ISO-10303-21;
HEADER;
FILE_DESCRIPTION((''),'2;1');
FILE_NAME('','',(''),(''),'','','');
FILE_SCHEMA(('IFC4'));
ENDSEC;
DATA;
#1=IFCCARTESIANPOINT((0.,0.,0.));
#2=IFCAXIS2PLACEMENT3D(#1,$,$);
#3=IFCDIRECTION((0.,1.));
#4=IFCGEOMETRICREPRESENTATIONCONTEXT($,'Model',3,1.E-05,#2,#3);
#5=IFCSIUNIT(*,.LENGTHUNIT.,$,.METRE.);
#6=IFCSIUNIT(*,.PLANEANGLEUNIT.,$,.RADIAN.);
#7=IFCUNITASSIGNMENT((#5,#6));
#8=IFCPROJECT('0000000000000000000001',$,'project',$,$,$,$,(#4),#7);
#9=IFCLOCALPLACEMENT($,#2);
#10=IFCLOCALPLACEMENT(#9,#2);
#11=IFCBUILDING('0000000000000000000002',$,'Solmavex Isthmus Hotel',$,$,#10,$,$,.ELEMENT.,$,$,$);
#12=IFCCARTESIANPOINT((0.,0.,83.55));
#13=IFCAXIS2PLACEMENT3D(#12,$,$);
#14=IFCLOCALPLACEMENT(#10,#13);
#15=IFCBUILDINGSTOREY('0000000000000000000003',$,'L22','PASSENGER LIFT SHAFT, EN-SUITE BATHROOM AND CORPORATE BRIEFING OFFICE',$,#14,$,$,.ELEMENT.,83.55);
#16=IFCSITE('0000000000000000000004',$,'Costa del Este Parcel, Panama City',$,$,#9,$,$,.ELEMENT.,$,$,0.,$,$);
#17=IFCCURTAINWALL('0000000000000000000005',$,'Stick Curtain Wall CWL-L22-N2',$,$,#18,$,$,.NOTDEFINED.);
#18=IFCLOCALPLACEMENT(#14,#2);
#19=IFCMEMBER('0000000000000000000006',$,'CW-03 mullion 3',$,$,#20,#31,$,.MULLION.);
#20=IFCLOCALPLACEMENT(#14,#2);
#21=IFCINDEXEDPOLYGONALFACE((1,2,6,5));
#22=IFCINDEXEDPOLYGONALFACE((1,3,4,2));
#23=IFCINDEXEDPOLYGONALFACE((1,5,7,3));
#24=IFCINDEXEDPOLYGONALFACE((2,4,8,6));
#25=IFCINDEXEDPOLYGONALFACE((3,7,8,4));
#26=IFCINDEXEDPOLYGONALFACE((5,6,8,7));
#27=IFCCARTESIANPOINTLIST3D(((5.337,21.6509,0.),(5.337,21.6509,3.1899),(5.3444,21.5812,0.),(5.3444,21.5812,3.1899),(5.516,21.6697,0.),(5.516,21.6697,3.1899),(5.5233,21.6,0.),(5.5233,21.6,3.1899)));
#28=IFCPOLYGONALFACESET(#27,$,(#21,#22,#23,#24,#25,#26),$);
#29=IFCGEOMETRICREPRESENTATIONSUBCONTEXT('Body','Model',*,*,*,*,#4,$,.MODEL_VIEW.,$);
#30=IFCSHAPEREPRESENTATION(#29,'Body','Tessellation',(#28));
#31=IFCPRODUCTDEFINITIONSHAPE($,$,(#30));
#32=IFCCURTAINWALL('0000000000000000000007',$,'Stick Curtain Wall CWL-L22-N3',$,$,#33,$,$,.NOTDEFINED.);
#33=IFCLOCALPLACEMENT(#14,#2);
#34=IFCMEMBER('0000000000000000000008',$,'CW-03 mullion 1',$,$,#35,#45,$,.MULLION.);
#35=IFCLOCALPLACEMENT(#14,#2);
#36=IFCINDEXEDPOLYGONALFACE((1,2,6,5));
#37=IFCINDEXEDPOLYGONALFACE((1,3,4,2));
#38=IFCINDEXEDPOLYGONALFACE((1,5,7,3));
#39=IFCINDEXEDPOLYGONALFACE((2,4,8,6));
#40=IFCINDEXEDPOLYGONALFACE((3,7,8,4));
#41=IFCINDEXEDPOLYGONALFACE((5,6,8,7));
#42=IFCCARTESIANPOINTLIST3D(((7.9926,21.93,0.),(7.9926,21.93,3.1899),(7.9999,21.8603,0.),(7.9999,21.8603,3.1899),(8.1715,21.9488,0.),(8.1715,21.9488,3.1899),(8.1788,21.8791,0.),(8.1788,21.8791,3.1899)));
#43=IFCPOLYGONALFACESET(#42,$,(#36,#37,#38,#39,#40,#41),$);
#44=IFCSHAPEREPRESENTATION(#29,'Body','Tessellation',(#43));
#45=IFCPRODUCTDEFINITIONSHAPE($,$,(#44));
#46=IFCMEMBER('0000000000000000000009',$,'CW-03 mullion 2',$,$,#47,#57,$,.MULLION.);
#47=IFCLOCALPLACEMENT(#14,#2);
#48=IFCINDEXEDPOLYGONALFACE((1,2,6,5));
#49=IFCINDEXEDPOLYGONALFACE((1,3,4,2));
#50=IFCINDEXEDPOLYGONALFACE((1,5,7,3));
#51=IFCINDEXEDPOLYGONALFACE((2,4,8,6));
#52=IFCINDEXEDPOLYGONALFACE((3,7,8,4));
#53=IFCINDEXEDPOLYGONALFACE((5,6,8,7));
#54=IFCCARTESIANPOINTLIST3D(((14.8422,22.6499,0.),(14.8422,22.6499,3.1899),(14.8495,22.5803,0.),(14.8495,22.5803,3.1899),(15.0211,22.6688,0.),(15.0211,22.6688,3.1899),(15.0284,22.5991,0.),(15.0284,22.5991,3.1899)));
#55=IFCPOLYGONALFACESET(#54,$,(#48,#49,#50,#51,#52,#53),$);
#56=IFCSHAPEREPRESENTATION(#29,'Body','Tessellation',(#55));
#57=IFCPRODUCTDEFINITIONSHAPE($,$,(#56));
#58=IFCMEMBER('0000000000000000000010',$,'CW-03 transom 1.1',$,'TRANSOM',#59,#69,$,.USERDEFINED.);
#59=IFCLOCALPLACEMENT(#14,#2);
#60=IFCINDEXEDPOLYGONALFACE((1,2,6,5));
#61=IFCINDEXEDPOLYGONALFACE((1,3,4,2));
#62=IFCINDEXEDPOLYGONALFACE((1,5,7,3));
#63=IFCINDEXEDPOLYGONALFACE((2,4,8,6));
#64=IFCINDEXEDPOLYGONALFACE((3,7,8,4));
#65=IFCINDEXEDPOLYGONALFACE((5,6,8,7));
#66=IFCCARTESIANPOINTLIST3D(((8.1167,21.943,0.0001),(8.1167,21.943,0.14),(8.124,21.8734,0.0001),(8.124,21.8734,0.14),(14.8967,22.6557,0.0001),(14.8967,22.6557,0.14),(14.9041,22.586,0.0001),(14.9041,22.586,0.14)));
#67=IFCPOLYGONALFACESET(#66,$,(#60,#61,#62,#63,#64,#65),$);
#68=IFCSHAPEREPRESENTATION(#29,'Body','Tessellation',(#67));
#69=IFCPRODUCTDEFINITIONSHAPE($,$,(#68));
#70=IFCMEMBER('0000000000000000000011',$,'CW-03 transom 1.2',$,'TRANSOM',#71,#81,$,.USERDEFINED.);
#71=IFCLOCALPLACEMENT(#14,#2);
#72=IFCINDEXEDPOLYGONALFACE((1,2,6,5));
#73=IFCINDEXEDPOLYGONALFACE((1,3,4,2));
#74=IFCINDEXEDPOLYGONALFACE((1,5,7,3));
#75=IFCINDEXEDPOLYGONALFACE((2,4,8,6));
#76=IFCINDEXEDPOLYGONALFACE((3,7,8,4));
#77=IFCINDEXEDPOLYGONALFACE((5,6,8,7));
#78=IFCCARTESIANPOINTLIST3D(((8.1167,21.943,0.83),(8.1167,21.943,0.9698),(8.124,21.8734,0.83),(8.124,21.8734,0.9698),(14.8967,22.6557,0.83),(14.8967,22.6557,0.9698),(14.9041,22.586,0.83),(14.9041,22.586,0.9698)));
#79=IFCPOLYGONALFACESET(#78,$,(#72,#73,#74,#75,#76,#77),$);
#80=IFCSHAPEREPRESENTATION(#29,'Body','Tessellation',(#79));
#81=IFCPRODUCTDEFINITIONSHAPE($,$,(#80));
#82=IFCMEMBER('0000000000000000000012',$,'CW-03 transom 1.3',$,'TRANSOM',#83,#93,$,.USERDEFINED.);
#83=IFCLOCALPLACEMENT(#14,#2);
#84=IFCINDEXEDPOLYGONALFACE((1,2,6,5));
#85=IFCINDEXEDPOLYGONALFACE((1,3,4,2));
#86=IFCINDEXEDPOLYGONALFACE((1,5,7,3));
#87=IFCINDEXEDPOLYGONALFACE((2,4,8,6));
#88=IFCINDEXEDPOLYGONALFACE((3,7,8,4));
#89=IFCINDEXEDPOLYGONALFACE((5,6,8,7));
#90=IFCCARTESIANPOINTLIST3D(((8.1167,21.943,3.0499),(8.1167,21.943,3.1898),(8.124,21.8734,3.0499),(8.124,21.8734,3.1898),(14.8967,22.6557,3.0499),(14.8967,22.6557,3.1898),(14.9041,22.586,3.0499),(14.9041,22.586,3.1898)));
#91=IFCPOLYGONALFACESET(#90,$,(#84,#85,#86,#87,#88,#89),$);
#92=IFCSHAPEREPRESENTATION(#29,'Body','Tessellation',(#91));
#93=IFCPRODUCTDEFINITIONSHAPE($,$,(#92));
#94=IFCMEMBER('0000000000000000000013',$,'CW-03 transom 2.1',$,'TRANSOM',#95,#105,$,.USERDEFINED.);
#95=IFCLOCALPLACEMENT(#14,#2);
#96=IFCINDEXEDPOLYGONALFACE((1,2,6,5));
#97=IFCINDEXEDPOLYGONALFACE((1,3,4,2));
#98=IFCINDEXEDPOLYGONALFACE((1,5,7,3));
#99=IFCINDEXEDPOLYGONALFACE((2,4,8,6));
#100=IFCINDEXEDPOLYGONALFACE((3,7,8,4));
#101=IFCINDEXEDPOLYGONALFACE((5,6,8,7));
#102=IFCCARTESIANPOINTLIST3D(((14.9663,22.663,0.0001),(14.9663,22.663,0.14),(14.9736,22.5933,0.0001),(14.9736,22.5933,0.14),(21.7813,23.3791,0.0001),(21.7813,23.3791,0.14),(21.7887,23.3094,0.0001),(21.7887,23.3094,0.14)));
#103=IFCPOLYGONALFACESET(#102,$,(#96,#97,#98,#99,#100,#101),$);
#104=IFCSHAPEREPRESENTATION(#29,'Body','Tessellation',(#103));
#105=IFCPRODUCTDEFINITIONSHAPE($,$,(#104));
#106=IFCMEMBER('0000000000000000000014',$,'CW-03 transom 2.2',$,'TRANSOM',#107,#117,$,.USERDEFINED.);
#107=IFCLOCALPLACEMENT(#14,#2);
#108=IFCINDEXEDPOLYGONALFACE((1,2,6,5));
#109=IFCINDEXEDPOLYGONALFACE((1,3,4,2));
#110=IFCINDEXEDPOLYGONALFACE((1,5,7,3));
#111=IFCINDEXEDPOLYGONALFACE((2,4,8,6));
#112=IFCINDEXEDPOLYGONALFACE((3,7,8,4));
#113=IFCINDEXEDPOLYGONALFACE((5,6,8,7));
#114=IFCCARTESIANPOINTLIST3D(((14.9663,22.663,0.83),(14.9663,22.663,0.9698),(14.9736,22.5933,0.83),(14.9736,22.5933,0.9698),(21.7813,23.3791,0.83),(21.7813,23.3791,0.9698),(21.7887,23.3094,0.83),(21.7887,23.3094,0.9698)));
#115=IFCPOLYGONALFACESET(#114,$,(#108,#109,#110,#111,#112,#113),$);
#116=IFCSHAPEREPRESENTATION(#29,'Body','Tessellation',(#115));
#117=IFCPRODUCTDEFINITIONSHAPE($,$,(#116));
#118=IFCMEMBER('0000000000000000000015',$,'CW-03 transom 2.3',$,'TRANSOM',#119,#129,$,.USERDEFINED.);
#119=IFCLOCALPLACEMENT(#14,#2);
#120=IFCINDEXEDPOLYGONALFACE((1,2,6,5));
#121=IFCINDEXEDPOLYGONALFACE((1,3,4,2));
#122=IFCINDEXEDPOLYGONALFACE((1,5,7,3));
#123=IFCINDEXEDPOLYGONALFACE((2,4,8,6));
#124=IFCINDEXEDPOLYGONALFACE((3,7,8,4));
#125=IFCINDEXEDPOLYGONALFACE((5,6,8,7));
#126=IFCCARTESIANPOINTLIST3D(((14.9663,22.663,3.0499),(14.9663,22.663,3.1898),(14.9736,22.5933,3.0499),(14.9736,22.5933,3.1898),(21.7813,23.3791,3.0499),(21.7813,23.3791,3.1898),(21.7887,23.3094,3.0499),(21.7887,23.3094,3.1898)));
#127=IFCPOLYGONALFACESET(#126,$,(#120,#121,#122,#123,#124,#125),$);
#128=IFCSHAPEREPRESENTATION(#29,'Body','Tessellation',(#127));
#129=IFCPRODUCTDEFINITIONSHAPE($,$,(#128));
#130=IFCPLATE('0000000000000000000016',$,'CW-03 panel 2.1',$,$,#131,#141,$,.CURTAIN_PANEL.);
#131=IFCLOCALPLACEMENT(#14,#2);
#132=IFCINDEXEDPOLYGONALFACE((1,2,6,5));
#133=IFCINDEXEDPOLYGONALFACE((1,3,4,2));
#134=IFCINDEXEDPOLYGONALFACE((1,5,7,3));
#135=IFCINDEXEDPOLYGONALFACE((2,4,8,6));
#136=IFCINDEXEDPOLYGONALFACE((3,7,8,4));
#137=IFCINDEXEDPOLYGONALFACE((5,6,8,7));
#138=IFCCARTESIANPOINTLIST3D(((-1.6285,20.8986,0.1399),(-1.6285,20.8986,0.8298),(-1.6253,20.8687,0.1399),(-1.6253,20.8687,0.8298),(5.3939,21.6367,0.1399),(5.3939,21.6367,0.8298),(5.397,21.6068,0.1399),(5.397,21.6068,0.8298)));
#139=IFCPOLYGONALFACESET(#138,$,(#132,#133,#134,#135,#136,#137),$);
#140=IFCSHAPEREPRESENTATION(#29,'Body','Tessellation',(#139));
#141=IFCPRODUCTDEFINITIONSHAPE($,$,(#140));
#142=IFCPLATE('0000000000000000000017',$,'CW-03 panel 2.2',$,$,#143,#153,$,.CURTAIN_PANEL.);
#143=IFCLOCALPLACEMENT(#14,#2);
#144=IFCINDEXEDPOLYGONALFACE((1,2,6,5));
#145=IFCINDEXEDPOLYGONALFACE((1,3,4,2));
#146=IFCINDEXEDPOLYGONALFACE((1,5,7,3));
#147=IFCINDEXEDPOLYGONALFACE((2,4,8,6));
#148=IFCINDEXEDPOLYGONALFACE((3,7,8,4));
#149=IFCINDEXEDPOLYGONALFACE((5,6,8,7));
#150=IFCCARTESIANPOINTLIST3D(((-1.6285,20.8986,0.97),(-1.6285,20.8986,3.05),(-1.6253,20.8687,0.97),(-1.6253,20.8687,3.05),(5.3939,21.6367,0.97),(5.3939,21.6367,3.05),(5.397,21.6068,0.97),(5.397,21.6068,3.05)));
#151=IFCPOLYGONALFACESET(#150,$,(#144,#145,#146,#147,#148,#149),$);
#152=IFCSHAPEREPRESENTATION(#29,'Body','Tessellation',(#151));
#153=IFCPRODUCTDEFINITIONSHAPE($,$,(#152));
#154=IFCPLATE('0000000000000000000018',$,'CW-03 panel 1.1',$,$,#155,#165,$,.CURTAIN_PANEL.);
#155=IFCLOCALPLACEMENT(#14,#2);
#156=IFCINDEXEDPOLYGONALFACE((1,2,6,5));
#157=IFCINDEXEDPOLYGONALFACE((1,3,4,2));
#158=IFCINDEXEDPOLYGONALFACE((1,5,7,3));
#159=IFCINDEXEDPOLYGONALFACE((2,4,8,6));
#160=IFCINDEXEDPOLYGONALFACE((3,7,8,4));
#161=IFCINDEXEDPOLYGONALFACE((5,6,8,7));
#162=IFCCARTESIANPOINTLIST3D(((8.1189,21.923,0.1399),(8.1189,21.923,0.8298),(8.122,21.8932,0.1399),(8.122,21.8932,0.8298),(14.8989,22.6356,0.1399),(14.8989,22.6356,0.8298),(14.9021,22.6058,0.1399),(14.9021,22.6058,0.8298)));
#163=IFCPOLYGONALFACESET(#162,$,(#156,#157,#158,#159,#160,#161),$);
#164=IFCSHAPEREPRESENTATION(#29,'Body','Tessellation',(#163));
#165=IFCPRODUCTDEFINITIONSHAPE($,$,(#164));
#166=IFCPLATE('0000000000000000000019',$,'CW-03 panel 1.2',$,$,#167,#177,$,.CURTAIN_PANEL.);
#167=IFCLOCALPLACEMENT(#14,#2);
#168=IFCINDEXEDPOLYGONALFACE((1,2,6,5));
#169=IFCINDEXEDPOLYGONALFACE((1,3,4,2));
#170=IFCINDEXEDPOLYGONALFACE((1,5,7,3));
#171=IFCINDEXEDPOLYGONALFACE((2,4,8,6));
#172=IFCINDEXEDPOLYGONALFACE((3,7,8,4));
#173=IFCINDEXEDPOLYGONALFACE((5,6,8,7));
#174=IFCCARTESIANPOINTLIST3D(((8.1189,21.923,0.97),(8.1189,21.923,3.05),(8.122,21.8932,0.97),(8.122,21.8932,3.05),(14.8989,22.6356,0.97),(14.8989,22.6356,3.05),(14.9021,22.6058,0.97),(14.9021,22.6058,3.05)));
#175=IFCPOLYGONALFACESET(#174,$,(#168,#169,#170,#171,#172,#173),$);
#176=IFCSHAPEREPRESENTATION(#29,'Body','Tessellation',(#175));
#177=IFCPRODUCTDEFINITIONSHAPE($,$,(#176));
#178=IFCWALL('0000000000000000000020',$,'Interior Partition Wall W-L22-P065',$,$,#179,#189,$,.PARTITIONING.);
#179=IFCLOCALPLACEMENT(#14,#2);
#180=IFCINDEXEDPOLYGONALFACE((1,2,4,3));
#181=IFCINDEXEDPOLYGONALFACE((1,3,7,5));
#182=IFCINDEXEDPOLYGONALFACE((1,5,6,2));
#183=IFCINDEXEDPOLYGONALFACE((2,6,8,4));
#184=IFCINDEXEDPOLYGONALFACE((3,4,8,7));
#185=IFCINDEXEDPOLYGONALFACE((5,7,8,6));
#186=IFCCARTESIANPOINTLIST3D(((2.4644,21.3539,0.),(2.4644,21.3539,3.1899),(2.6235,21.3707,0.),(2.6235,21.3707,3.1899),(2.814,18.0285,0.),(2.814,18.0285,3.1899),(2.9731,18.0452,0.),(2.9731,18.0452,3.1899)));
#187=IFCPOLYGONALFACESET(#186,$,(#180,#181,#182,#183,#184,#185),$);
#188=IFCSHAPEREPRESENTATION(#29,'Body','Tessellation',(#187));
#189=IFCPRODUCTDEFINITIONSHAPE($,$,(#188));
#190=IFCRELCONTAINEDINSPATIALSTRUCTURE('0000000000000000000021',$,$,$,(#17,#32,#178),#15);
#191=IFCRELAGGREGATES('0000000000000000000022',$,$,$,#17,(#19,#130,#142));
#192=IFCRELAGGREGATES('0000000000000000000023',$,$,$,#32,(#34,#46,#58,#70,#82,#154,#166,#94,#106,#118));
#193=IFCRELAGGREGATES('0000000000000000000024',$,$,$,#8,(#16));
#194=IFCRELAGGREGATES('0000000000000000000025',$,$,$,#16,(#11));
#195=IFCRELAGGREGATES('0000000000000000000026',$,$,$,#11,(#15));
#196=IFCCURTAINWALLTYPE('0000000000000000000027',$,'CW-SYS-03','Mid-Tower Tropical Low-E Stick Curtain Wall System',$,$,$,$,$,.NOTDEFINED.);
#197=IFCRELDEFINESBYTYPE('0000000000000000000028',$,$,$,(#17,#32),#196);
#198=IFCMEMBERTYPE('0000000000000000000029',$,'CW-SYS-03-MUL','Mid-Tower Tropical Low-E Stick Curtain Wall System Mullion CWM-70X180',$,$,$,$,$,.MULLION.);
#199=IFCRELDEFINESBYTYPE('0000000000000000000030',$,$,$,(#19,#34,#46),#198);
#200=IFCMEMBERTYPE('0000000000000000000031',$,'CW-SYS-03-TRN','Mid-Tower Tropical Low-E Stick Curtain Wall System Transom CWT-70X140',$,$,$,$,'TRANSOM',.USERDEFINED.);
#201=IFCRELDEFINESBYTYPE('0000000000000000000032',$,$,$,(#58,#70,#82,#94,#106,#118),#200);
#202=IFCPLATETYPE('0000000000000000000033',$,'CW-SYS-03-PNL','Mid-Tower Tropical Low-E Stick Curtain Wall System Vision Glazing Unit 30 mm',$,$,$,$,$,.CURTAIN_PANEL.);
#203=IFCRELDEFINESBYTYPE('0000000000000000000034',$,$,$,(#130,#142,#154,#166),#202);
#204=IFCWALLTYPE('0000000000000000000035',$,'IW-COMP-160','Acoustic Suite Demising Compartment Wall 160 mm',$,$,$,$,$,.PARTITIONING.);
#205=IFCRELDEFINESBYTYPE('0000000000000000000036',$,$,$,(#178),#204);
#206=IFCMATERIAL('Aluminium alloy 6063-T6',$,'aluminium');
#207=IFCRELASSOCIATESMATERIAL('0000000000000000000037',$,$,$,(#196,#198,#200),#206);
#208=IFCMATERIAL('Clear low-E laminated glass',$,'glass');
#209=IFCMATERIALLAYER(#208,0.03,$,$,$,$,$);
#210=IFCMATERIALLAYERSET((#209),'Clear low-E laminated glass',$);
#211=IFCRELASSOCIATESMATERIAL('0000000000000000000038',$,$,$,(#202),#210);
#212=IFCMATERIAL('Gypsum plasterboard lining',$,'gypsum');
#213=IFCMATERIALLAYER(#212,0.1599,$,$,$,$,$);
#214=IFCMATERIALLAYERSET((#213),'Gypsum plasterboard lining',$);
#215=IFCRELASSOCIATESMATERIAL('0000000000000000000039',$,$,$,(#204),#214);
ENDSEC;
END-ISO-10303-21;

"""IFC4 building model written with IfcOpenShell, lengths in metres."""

from ifc_helpers import new_model, si_unit, direction, frame, frame_2d, origin, origin_2d, place, context, subcontext, project, spatial, rectangle, extrude, material, layer, layer_set, material_profile, profile_set, type_object, element, aggregate, save


model = new_model("IFC4")

# Units and contexts
model_context = context("Model", 3, precision=1e-05, world=origin(), true_north=direction((0.0, 1.0)))
body_context = subcontext(model_context, "Body", "Model", "MODEL_VIEW")
ifc_project = project(units=[si_unit("LENGTHUNIT", "METRE"), si_unit("PLANEANGLEUNIT", "RADIAN")], contexts=[model_context])

# Site, building, storey
site_placement = place(None, origin())
site = spatial("IfcSite", under=ifc_project, at=site_placement, Name="Costa del Este Parcel, Panama City", CompositionType="ELEMENT", RefElevation=0.0)
building_placement = place(site_placement, origin())
building = spatial("IfcBuilding", under=site, at=building_placement, Name="Solmavex Isthmus Hotel", CompositionType="ELEMENT")
storey_placement = place(building_placement, frame((0.0, 0.0, 83.55)))
storey = spatial("IfcBuildingStorey", under=building, at=storey_placement, Name="L22", Description="PASSENGER LIFT SHAFT, EN-SUITE BATHROOM AND CORPORATE BRIEFING OFFICE", CompositionType="ELEMENT", Elevation=83.55)

# Curtain wall, member
ifc_material_1 = material(Name="Aluminium alloy 6063-T6", Category="aluminium")
curtain_wall_type = type_object("IfcCurtainWallType", Name="CW-SYS-03", Description="Mid-Tower Tropical Low-E Stick Curtain Wall System", PredefinedType="NOTDEFINED", material=ifc_material_1)
curtain_wall_1_placement = place(storey_placement, origin())
curtain_wall_1 = element("IfcCurtainWall", 1, at=curtain_wall_1_placement, inside=storey, type_object=curtain_wall_type, Name="Stick Curtain Wall CWL-L22-N2", PredefinedType="NOTDEFINED")
ifc_material_profile_1 = material_profile(ifc_material_1, rectangle(XDim=0.0701, YDim=0.1799, at=origin_2d()), Name="CWM-70X180")
ifc_profile_set_1 = profile_set([ifc_material_profile_1], Name="Aluminium alloy 6063-T6")
member_type_1 = type_object("IfcMemberType", Name="CW-SYS-03-MUL", Description="Mid-Tower Tropical Low-E Stick Curtain Wall System Mullion CWM-70X180", PredefinedType="MULLION", material=ifc_profile_set_1)
member_1_placement = place(storey_placement, frame((5.4302, 21.6255, 0.0), z_axis=(0.0, 0.0, 1.0), x_axis=(-0.104528, 0.994522, 0.0)))
member_1 = element("IfcMember", 2, at=member_1_placement, type_object=member_type_1, Name="CW-03 mullion 3", PredefinedType="MULLION", context=body_context, shape_type="SweptSolid", body=[
    extrude(rectangle(XDim=0.0701, YDim=0.1799, at=origin_2d()), origin(), (0.0, 0.0, 1.0), 3.1899),
])

# Curtain wall, members
curtain_wall_2_placement = place(storey_placement, origin())
curtain_wall_2 = element("IfcCurtainWall", 3, at=curtain_wall_2_placement, inside=storey, type_object=curtain_wall_type, Name="Stick Curtain Wall CWL-L22-N3", PredefinedType="NOTDEFINED")
member_2_placement = place(storey_placement, frame((8.0857, 21.9045, 0.0), z_axis=(0.0, 0.0, 1.0), x_axis=(-0.104528, 0.994522, 0.0)))
member_2 = element("IfcMember", 4, at=member_2_placement, type_object=member_type_1, Name="CW-03 mullion 1", PredefinedType="MULLION", context=body_context, shape_type="SweptSolid", body=[
    extrude(rectangle(XDim=0.0701, YDim=0.1799, at=origin_2d()), origin(), (0.0, 0.0, 1.0), 3.1899),
])
member_3_placement = place(storey_placement, frame((14.9353, 22.6245, 0.0), z_axis=(0.0, 0.0, 1.0), x_axis=(-0.104528, 0.994522, 0.0)))
member_3 = element("IfcMember", 5, at=member_3_placement, type_object=member_type_1, Name="CW-03 mullion 2", PredefinedType="MULLION", context=body_context, shape_type="SweptSolid", body=[
    extrude(rectangle(XDim=0.0701, YDim=0.1799, at=origin_2d()), origin(), (0.0, 0.0, 1.0), 3.1899),
])
ifc_material_profile_2 = material_profile(ifc_material_1, rectangle(XDim=0.0701, YDim=0.1399, at=origin_2d()), Name="CWT-70X140")
ifc_profile_set_2 = profile_set([ifc_material_profile_2], Name="Aluminium alloy 6063-T6")
member_type_2 = type_object("IfcMemberType", Name="CW-SYS-03-TRN", Description="Mid-Tower Tropical Low-E Stick Curtain Wall System Transom CWT-70X140", ElementType="TRANSOM", PredefinedType="USERDEFINED", material=ifc_profile_set_2)
member_4_placement = place(storey_placement, frame((8.1204, 21.9082, 0.0701), z_axis=(0.994521, 0.104534, 0.0), x_axis=(-0.104534, 0.994521, 0.0)))
member_4 = element("IfcMember", 6, at=member_4_placement, type_object=member_type_2, Name="CW-03 transom 1.1", ObjectType="TRANSOM", PredefinedType="USERDEFINED", context=body_context, shape_type="SweptSolid", body=[
    extrude(rectangle(XDim=0.0701, YDim=0.1399, at=origin_2d()), origin(), (0.0, 0.0, 1.0), 6.8174),
])
member_5_placement = place(storey_placement, frame((8.1204, 21.9082, 0.8999), z_axis=(0.994521, 0.104534, 0.0), x_axis=(-0.104534, 0.994521, 0.0)))
member_5 = element("IfcMember", 7, at=member_5_placement, type_object=member_type_2, Name="CW-03 transom 1.2", ObjectType="TRANSOM", PredefinedType="USERDEFINED", context=body_context, shape_type="SweptSolid", body=[
    extrude(rectangle(XDim=0.0701, YDim=0.1399, at=origin_2d()), origin(), (0.0, 0.0, 1.0), 6.8174),
])
member_6_placement = place(storey_placement, frame((8.1204, 21.9082, 3.1199), z_axis=(0.994521, 0.104534, 0.0), x_axis=(-0.104534, 0.994521, 0.0)))
member_6 = element("IfcMember", 8, at=member_6_placement, type_object=member_type_2, Name="CW-03 transom 1.3", ObjectType="TRANSOM", PredefinedType="USERDEFINED", context=body_context, shape_type="SweptSolid", body=[
    extrude(rectangle(XDim=0.0701, YDim=0.1399, at=origin_2d()), origin(), (0.0, 0.0, 1.0), 6.8174),
])
member_7_placement = place(storey_placement, frame((14.97, 22.6282, 0.0701), z_axis=(0.994525, 0.104497, 0.0), x_axis=(-0.104497, 0.994525, 0.0)))
member_7 = element("IfcMember", 9, at=member_7_placement, type_object=member_type_2, Name="CW-03 transom 2.1", ObjectType="TRANSOM", PredefinedType="USERDEFINED", context=body_context, shape_type="SweptSolid", body=[
    extrude(rectangle(XDim=0.0701, YDim=0.1399, at=origin_2d()), origin(), (0.0, 0.0, 1.0), 6.8525),
])
member_8_placement = place(storey_placement, frame((14.97, 22.6282, 0.8999), z_axis=(0.994525, 0.104497, 0.0), x_axis=(-0.104497, 0.994525, 0.0)))
member_8 = element("IfcMember", 10, at=member_8_placement, type_object=member_type_2, Name="CW-03 transom 2.2", ObjectType="TRANSOM", PredefinedType="USERDEFINED", context=body_context, shape_type="SweptSolid", body=[
    extrude(rectangle(XDim=0.0701, YDim=0.1399, at=origin_2d()), origin(), (0.0, 0.0, 1.0), 6.8525),
])
member_9_placement = place(storey_placement, frame((14.97, 22.6282, 3.1199), z_axis=(0.994525, 0.104497, 0.0), x_axis=(-0.104497, 0.994525, 0.0)))
member_9 = element("IfcMember", 11, at=member_9_placement, type_object=member_type_2, Name="CW-03 transom 2.3", ObjectType="TRANSOM", PredefinedType="USERDEFINED", context=body_context, shape_type="SweptSolid", body=[
    extrude(rectangle(XDim=0.0701, YDim=0.1399, at=origin_2d()), origin(), (0.0, 0.0, 1.0), 6.8525),
])

# Plates
ifc_material_2 = material(Name="Clear low-E laminated glass", Category="glass")
ifc_layer_1 = layer(ifc_material_2, 0.03)
ifc_layer_set_1 = layer_set([ifc_layer_1], Name="Clear low-E laminated glass")
plate_type = type_object("IfcPlateType", Name="CW-SYS-03-PNL", Description="Mid-Tower Tropical Low-E Stick Curtain Wall System Vision Glazing Unit 30 mm", PredefinedType="CURTAIN_PANEL", material=ifc_layer_set_1)
plate_1_placement = place(storey_placement, frame((1.8843, 21.2527, 0.1399), z_axis=(0.0, 0.0, 1.0), x_axis=(0.994522, 0.104528, 0.0)))
plate_1 = element("IfcPlate", 12, at=plate_1_placement, type_object=plate_type, Name="CW-03 panel 2.1", PredefinedType="CURTAIN_PANEL", context=body_context, shape_type="SweptSolid", body=[
    extrude(rectangle(XDim=7.061, YDim=0.03, at=origin_2d()), origin(), (0.0, 0.0, 1.0), 0.6899),
])
plate_2_placement = place(storey_placement, frame((1.8843, 21.2527, 0.97), z_axis=(0.0, 0.0, 1.0), x_axis=(0.994522, 0.104528, 0.0)))
plate_2 = element("IfcPlate", 13, at=plate_2_placement, type_object=plate_type, Name="CW-03 panel 2.2", PredefinedType="CURTAIN_PANEL", context=body_context, shape_type="SweptSolid", body=[
    extrude(rectangle(XDim=7.061, YDim=0.03, at=origin_2d()), origin(), (0.0, 0.0, 1.0), 2.0801),
])
aggregate(curtain_wall_1, [member_1, plate_1, plate_2])
plate_3_placement = place(storey_placement, frame((11.5105, 22.2644, 0.1399), z_axis=(0.0, 0.0, 1.0), x_axis=(0.994522, 0.104528, 0.0)))
plate_3 = element("IfcPlate", 14, at=plate_3_placement, type_object=plate_type, Name="CW-03 panel 1.1", PredefinedType="CURTAIN_PANEL", context=body_context, shape_type="SweptSolid", body=[
    extrude(rectangle(XDim=6.8174, YDim=0.03, at=origin_2d()), origin(), (0.0, 0.0, 1.0), 0.6899),
])
plate_4_placement = place(storey_placement, frame((11.5105, 22.2644, 0.97), z_axis=(0.0, 0.0, 1.0), x_axis=(0.994522, 0.104528, 0.0)))
plate_4 = element("IfcPlate", 15, at=plate_4_placement, type_object=plate_type, Name="CW-03 panel 1.2", PredefinedType="CURTAIN_PANEL", context=body_context, shape_type="SweptSolid", body=[
    extrude(rectangle(XDim=6.8174, YDim=0.03, at=origin_2d()), origin(), (0.0, 0.0, 1.0), 2.0801),
])
aggregate(curtain_wall_2, [member_2, member_3, member_4, member_5, member_6, plate_3, plate_4, member_7, member_8, member_9])

# Wall
ifc_material_3 = material(Name="Gypsum plasterboard lining", Category="gypsum")
ifc_layer_2 = layer(ifc_material_3, 0.1599)
ifc_layer_set_2 = layer_set([ifc_layer_2], Name="Gypsum plasterboard lining")
wall_type_1 = type_object("IfcWallType", Name="IW-COMP-160", Description="Acoustic Suite Demising Compartment Wall 160 mm", PredefinedType="PARTITIONING", material=ifc_layer_set_2)
for number, where, z_axis, x_axis, name in (
    (16, (2.5439, 21.3623, 0.0), (0.0, 0.0, 1.0), (0.104556, -0.994519, 0.0), "Interior Partition Wall W-L22-P065"),
):
    element("IfcWall", number, at=place(storey_placement, frame(where, z_axis=z_axis, x_axis=x_axis)), inside=storey, type_object=wall_type_1, Name=name, PredefinedType="PARTITIONING", context=body_context, shape_type="SweptSolid", body=[
        extrude(rectangle(XDim=3.3438, YDim=0.1599, at=frame_2d((1.6719, 0.0))), origin(), (0.0, 0.0, 1.0), 3.1899),
    ])

save(model, "model.ifc")
